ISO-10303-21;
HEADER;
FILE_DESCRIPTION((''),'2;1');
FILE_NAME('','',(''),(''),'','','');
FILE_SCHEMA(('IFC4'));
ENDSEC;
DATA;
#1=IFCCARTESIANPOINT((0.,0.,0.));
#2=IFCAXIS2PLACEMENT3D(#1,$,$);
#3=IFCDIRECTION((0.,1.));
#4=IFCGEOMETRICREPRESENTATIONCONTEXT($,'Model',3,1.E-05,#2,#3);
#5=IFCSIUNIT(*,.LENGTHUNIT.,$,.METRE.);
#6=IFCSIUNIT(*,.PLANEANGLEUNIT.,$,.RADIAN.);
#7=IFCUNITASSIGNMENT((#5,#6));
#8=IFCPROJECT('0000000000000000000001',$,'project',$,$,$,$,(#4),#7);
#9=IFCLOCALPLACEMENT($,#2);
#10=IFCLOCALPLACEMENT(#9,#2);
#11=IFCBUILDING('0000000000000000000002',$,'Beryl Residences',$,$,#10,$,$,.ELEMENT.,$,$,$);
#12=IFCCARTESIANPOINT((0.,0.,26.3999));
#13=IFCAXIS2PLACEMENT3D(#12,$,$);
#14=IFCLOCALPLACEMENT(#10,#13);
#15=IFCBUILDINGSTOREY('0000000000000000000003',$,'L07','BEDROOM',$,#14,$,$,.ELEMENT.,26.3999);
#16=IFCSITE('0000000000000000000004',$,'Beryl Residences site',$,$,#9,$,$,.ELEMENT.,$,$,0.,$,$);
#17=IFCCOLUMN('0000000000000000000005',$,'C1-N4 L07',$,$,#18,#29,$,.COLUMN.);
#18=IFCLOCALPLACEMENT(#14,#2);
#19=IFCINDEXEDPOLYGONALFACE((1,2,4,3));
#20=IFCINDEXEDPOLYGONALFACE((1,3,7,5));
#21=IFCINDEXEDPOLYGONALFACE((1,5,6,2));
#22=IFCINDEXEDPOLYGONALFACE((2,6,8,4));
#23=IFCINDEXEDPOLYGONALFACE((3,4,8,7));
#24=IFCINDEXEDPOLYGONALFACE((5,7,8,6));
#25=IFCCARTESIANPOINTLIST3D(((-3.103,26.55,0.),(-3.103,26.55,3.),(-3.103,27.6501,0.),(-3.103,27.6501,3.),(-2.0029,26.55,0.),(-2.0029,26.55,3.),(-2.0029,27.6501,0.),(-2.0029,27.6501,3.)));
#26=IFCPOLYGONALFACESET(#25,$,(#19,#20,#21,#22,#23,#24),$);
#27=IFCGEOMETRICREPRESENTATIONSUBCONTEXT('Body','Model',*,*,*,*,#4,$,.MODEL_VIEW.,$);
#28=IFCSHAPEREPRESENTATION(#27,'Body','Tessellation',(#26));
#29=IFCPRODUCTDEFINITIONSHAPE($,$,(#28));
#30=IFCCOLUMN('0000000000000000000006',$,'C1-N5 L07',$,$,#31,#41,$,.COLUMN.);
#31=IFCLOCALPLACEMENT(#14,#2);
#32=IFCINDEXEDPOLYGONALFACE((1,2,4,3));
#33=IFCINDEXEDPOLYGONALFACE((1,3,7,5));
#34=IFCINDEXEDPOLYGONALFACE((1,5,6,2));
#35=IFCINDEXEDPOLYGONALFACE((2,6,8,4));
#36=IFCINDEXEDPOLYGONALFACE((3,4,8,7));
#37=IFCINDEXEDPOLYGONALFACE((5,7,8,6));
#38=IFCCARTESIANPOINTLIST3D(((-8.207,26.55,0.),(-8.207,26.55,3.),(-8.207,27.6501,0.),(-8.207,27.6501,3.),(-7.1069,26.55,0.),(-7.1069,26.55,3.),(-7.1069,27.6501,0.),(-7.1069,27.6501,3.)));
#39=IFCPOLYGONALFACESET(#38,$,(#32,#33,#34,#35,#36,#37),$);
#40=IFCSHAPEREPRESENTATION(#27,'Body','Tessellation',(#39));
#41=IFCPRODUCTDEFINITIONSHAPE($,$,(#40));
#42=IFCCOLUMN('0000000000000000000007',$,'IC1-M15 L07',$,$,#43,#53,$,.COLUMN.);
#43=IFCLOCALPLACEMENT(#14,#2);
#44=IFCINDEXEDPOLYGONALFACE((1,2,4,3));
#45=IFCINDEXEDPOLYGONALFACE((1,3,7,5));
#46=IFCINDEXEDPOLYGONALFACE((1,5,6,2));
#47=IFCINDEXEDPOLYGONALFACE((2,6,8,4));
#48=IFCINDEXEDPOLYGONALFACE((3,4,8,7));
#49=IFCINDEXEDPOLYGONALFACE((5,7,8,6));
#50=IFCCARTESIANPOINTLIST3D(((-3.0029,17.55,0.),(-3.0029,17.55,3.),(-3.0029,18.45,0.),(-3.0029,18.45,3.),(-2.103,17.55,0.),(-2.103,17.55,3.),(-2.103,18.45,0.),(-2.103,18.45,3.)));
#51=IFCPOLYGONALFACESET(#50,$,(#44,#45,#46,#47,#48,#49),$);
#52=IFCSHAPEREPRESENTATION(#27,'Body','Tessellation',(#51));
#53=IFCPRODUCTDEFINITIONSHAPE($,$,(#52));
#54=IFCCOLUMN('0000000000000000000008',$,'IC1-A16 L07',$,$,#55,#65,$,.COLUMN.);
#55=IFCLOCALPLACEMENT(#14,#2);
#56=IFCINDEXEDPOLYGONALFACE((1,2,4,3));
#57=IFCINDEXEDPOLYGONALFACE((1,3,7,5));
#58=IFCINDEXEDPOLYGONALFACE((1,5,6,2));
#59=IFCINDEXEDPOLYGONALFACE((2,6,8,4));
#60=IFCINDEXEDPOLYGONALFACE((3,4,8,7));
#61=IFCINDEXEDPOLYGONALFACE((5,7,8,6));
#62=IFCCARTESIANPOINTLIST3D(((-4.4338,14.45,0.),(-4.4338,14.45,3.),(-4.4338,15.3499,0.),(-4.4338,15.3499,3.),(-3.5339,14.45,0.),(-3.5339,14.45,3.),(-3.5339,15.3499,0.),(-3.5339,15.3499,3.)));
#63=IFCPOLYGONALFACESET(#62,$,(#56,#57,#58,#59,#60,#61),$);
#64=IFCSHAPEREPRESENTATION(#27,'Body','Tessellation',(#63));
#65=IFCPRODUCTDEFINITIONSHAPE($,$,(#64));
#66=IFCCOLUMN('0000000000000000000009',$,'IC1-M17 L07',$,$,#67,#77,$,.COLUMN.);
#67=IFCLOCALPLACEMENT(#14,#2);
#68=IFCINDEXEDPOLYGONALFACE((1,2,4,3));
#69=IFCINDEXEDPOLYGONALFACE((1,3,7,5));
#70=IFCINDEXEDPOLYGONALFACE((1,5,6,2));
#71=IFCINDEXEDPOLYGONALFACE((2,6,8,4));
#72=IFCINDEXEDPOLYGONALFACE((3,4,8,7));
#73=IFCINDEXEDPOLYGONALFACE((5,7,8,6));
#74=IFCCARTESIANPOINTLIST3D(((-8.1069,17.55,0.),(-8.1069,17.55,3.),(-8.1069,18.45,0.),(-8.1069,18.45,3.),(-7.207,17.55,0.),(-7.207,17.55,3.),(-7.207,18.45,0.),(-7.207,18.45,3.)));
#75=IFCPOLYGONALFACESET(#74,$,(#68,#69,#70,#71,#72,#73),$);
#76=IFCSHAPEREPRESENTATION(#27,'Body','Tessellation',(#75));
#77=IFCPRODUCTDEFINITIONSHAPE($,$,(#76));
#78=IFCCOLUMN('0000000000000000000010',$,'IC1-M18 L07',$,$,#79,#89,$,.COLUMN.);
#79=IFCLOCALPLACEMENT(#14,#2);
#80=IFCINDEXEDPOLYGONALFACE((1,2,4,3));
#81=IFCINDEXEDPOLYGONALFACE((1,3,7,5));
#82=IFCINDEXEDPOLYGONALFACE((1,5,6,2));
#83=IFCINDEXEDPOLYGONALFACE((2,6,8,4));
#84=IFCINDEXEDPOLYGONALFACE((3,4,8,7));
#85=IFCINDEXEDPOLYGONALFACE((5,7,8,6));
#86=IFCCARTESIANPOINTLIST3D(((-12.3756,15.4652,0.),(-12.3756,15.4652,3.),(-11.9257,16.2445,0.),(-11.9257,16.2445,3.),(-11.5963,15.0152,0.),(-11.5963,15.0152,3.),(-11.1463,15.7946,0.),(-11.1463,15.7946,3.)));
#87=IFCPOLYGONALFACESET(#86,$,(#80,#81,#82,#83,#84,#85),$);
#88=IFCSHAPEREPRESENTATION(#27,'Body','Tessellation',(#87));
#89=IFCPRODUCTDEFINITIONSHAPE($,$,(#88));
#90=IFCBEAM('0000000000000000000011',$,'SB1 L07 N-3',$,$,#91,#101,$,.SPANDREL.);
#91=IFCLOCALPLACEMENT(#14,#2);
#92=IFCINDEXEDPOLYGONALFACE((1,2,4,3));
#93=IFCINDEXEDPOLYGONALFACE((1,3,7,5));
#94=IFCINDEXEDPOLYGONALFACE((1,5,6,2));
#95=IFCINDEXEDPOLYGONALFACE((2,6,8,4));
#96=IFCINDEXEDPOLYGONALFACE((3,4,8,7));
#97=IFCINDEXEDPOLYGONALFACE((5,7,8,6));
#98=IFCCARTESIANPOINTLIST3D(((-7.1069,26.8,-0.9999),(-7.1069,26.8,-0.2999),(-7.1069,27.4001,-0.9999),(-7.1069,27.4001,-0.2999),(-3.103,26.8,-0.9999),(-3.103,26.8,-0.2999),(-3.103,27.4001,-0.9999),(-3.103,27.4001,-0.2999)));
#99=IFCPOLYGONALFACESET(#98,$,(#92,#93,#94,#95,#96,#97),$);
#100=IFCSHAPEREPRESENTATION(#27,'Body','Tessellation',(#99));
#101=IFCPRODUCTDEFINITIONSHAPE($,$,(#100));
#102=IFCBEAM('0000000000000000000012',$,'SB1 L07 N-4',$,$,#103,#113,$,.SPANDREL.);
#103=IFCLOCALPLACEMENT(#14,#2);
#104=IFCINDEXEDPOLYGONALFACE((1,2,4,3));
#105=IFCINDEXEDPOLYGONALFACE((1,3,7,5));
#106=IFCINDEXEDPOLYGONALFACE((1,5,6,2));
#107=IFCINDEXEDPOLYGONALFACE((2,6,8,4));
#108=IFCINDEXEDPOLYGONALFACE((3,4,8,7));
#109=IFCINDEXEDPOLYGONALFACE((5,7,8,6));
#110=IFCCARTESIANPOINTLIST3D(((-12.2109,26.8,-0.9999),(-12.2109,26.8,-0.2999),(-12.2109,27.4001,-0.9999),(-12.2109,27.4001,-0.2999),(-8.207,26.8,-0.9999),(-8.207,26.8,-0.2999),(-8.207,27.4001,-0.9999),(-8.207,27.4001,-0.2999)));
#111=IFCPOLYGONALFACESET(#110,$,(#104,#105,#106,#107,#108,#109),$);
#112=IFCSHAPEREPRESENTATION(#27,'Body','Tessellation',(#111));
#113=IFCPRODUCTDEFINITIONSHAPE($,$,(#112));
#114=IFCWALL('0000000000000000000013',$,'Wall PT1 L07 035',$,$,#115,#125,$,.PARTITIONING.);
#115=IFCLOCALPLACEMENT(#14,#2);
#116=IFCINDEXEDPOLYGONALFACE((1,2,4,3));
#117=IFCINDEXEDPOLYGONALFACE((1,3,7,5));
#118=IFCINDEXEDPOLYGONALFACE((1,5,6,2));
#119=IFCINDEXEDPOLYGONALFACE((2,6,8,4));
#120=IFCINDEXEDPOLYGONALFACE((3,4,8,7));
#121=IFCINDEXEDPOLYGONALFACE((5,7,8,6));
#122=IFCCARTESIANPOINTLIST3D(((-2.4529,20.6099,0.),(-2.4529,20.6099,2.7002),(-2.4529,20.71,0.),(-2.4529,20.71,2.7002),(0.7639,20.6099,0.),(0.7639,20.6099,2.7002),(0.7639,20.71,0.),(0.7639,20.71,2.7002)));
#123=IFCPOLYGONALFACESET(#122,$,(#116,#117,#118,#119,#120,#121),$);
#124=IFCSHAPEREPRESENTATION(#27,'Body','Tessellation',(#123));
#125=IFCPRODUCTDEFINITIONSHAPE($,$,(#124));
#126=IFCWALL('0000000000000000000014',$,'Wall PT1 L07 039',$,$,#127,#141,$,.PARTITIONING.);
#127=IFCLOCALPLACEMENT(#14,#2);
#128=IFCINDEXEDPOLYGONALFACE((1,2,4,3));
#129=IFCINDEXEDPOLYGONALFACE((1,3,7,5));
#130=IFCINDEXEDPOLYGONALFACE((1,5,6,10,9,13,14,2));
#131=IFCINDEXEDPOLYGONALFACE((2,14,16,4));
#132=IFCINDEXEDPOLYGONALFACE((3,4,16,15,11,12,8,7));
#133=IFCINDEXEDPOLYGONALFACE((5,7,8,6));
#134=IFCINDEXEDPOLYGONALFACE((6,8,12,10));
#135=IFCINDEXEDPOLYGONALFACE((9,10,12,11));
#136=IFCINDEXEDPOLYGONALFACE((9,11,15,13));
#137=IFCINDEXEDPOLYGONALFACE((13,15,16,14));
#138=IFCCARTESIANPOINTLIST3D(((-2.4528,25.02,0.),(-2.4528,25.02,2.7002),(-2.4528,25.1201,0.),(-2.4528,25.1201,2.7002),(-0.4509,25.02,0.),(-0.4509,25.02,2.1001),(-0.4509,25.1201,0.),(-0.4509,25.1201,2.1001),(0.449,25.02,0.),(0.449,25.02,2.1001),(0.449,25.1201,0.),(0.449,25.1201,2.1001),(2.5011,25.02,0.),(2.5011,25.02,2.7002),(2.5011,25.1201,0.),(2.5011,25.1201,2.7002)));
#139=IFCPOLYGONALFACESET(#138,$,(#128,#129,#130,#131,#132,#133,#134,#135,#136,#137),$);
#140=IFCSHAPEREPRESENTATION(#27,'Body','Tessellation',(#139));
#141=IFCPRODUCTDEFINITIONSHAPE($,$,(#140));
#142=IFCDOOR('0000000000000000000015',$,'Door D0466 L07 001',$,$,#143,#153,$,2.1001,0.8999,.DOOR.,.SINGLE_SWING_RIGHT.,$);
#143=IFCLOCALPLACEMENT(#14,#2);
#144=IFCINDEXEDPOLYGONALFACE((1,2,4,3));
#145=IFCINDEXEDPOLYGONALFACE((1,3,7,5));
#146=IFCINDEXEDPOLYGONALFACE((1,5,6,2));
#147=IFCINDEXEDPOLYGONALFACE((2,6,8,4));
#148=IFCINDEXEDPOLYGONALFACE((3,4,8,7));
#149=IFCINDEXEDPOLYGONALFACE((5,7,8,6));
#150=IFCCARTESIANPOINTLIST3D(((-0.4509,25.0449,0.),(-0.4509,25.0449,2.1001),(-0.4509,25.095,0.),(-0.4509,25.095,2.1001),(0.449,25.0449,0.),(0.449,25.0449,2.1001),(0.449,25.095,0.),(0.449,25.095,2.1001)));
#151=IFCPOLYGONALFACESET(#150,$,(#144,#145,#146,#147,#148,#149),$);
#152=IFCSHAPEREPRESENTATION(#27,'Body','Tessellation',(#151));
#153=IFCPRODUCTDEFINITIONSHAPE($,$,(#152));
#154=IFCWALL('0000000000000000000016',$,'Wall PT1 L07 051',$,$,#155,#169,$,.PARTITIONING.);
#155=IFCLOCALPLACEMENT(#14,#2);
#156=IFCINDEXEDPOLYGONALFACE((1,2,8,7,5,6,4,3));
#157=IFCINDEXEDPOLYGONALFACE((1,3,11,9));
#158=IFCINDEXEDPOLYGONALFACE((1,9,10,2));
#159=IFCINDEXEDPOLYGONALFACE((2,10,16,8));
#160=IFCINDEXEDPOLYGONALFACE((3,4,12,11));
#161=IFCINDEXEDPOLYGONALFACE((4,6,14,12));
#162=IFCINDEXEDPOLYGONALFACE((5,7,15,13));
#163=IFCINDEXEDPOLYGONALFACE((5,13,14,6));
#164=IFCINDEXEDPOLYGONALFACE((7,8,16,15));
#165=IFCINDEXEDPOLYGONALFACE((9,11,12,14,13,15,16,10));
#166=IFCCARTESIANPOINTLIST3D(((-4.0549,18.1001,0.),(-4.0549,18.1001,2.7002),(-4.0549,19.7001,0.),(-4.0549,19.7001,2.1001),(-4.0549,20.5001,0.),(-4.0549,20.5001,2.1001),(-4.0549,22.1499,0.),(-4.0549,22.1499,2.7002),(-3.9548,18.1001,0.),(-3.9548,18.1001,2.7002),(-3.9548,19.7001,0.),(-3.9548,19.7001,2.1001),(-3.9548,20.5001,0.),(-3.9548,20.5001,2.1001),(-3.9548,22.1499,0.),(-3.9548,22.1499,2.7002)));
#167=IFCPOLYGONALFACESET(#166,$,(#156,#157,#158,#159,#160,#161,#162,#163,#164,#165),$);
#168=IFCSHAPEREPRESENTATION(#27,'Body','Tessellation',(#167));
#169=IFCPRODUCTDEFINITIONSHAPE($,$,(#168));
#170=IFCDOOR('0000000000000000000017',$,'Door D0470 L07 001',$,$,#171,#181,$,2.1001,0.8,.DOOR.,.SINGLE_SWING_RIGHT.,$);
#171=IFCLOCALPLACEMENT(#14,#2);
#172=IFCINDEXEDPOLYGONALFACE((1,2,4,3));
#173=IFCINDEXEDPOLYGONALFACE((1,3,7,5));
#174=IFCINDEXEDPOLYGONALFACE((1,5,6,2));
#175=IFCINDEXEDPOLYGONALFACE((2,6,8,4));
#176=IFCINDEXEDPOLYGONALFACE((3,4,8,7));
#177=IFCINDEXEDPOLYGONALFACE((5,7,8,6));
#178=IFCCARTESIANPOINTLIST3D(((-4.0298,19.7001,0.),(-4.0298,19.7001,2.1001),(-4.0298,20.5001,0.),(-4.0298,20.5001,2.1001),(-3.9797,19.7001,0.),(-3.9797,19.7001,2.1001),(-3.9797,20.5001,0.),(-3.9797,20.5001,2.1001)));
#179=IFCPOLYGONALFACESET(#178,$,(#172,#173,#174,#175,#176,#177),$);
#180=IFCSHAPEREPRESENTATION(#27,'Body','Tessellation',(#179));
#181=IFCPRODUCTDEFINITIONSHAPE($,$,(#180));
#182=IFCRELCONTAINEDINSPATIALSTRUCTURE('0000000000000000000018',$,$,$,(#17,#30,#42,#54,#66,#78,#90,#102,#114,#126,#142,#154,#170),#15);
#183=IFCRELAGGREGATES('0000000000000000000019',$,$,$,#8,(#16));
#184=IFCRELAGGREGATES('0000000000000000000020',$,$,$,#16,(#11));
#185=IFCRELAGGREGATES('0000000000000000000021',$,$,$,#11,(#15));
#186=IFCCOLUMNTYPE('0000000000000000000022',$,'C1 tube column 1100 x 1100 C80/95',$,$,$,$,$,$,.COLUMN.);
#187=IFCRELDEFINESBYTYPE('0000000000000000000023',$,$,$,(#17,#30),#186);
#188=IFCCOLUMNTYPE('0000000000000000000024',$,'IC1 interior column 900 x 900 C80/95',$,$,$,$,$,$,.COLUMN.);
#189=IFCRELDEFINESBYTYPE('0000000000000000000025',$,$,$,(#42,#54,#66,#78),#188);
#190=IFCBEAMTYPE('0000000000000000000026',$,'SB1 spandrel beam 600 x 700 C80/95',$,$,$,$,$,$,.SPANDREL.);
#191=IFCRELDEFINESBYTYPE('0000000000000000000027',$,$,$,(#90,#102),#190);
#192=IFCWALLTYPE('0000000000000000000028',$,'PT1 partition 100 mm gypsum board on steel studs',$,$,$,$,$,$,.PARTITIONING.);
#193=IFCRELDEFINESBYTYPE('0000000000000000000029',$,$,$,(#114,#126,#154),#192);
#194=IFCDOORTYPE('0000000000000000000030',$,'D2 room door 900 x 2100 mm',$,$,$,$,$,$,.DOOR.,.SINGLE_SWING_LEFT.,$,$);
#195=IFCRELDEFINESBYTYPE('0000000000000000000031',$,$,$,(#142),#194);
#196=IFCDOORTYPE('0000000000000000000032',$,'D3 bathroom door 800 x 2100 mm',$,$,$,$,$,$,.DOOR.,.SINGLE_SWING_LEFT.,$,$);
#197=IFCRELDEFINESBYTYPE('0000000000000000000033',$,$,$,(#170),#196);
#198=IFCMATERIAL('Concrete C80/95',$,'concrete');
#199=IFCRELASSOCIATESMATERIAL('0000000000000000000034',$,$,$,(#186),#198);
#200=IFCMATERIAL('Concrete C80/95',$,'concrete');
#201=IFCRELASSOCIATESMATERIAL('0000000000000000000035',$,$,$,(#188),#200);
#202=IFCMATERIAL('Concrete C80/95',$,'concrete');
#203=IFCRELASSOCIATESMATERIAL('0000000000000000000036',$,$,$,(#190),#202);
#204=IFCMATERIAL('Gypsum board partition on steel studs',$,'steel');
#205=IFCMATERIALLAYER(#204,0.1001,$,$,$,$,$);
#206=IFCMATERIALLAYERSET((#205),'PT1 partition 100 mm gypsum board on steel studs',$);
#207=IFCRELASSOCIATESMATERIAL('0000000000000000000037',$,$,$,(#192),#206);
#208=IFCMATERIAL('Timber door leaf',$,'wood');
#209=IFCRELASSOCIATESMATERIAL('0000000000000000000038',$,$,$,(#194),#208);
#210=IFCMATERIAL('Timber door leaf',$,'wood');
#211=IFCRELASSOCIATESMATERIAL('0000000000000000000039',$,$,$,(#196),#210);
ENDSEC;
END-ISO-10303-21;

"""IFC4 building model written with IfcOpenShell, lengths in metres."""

from ifc_helpers import new_model, si_unit, direction, frame, frame_2d, origin, origin_2d, place, context, subcontext, project, spatial, rectangle, extrude, material, layer, layer_set, material_profile, profile_set, type_object, element, fill, save


model = new_model("IFC4")

# Units and contexts
model_context = context("Model", 3, precision=1e-05, world=origin(), true_north=direction((0.0, 1.0)))
body_context = subcontext(model_context, "Body", "Model", "MODEL_VIEW")
ifc_project = project(units=[si_unit("LENGTHUNIT", "METRE"), si_unit("PLANEANGLEUNIT", "RADIAN")], contexts=[model_context])

# Site, building, storey
site_placement = place(None, origin())
site = spatial("IfcSite", under=ifc_project, at=site_placement, Name="Beryl Residences site", CompositionType="ELEMENT", RefElevation=0.0)
building_placement = place(site_placement, origin())
building = spatial("IfcBuilding", under=site, at=building_placement, Name="Beryl Residences", CompositionType="ELEMENT")
storey_placement = place(building_placement, frame((0.0, 0.0, 26.3999)))
storey = spatial("IfcBuildingStorey", under=building, at=storey_placement, Name="L07", Description="BEDROOM", CompositionType="ELEMENT", Elevation=26.3999)

# Columns
ifc_material_1 = material(Name="Concrete C80/95", Category="concrete")
ifc_material_profile_1 = material_profile(ifc_material_1, rectangle(XDim=1.1001, YDim=1.1001, at=origin_2d()))
ifc_profile_set_1 = profile_set([ifc_material_profile_1], Name="Concrete C80/95")
column_type_1 = type_object("IfcColumnType", Name="C1 tube column 1100 x 1100 C80/95", PredefinedType="COLUMN", material=ifc_profile_set_1)
for number, where, z_axis, x_axis, name in (
    (1, (-2.553, 27.1001, 0.0), (0.0, 0.0, 1.0), (-1.0, 0.0, 0.0), "C1-N4 L07"),
    (2, (-7.657, 27.1001, 0.0), (0.0, 0.0, 1.0), (-1.0, 0.0, 0.0), "C1-N5 L07"),
):
    element("IfcColumn", number, at=place(storey_placement, frame(where, z_axis=z_axis, x_axis=x_axis)), inside=storey, type_object=column_type_1, Name=name, PredefinedType="COLUMN", context=body_context, shape_type="SweptSolid", body=[
        extrude(rectangle(XDim=1.1001, YDim=1.1001, at=origin_2d()), origin(), (0.0, 0.0, 1.0), 3.0),
    ])
ifc_material_2 = material(Name="Concrete C80/95", Category="concrete")
ifc_material_profile_2 = material_profile(ifc_material_2, rectangle(XDim=0.8999, YDim=0.8999, at=origin_2d()))
ifc_profile_set_2 = profile_set([ifc_material_profile_2], Name="Concrete C80/95")
column_type_2 = type_object("IfcColumnType", Name="IC1 interior column 900 x 900 C80/95", PredefinedType="COLUMN", material=ifc_profile_set_2)
for number, where, z_axis, x_axis, name in (
    (3, (-2.553, 18.0, 0.0), (0.0, 0.0, 1.0), (-1.0, 0.0, 0.0), "IC1-M15 L07"),
    (4, (-3.9839, 14.8999, 0.0), (0.0, 0.0, 1.0), (1.0, 0.0, 0.0), "IC1-A16 L07"),
    (5, (-7.657, 18.0, 0.0), (0.0, 0.0, 1.0), (-1.0, 0.0, 0.0), "IC1-M17 L07"),
    (6, (-11.761, 15.6299, 0.0), (0.0, 0.0, 1.0), (-0.499985, -0.866034, 0.0), "IC1-M18 L07"),
):
    element("IfcColumn", number, at=place(storey_placement, frame(where, z_axis=z_axis, x_axis=x_axis)), inside=storey, type_object=column_type_2, Name=name, PredefinedType="COLUMN", context=body_context, shape_type="SweptSolid", body=[
        extrude(rectangle(XDim=0.8999, YDim=0.8999, at=origin_2d()), origin(), (0.0, 0.0, 1.0), 3.0),
    ])

# Beams
ifc_material_3 = material(Name="Concrete C80/95", Category="concrete")
ifc_material_profile_3 = material_profile(ifc_material_3, rectangle(XDim=0.6001, YDim=0.7, at=origin_2d()))
ifc_profile_set_3 = profile_set([ifc_material_profile_3], Name="Concrete C80/95")
beam_type = type_object("IfcBeamType", Name="SB1 spandrel beam 600 x 700 C80/95", PredefinedType="SPANDREL", material=ifc_profile_set_3)
for number, where, z_axis, x_axis, name in (
    (7, (-3.103, 27.1001, -0.6499), (-1.0, 0.0, 0.0), (0.0, -1.0, 0.0), "SB1 L07 N-3"),
    (8, (-8.207, 27.1001, -0.6499), (-1.0, 0.0, 0.0), (0.0, -1.0, 0.0), "SB1 L07 N-4"),
):
    element("IfcBeam", number, at=place(storey_placement, frame(where, z_axis=z_axis, x_axis=x_axis)), inside=storey, type_object=beam_type, Name=name, PredefinedType="SPANDREL", context=body_context, shape_type="SweptSolid", body=[
        extrude(rectangle(XDim=0.6001, YDim=0.7, at=origin_2d()), origin(), (0.0, 0.0, 1.0), 4.0039),
    ])

# Wall
ifc_material_4 = material(Name="Gypsum board partition on steel studs", Category="steel")
ifc_layer_1 = layer(ifc_material_4, 0.1001)
ifc_layer_set_1 = layer_set([ifc_layer_1], Name="PT1 partition 100 mm gypsum board on steel studs")
wall_type_1 = type_object("IfcWallType", Name="PT1 partition 100 mm gypsum board on steel studs", PredefinedType="PARTITIONING", material=ifc_layer_set_1)
wall_1_placement = place(storey_placement, frame((-2.4529, 20.6599, 0.0), z_axis=(0.0, 0.0, 1.0), x_axis=(1.0, 0.0, 0.0)))
element("IfcWall", 9, at=wall_1_placement, inside=storey, type_object=wall_type_1, Name="Wall PT1 L07 035", PredefinedType="PARTITIONING", context=body_context, shape_type="SweptSolid", body=[
    extrude(rectangle(XDim=3.2168, YDim=0.1001, at=frame_2d((1.6084, 0.0))), origin(), (0.0, 0.0, 1.0), 2.7002),
])

# Walls, openings, doors
wall_2_placement = place(storey_placement, frame((-2.4529, 25.0701, 0.0), z_axis=(0.0, 0.0, 1.0), x_axis=(1.0, 0.0, 0.0)))
wall_2 = element("IfcWall", 10, at=wall_2_placement, inside=storey, type_object=wall_type_1, Name="Wall PT1 L07 039", PredefinedType="PARTITIONING", context=body_context, shape_type="SweptSolid", body=[
    extrude(rectangle(XDim=4.9539, YDim=0.1001, at=frame_2d((2.4771, 0.0))), origin(), (0.0, 0.0, 1.0), 2.7002),
])
opening_1_placement = place(wall_2_placement, frame((2.002, 0.0, 0.0)))
opening_1 = element("IfcOpeningElement", 11, at=opening_1_placement, cuts=wall_2, PredefinedType="OPENING", context=body_context, shape_type="SweptSolid", body=[
    extrude(rectangle(XDim=0.8999, YDim=2.1001, at=frame_2d((0.45, 1.05))), frame((0.0, 0.0601, 0.0), z_axis=(0.0, -1.0, 0.0), x_axis=(1.0, 0.0, 0.0)), (0.0, 0.0, 1.0), 0.1201),
])
ifc_material_5 = material(Name="Timber door leaf", Category="wood")
door_type_1 = type_object("IfcDoorType", Name="D2 room door 900 x 2100 mm", OperationType="SINGLE_SWING_LEFT", PredefinedType="DOOR", material=ifc_material_5)
door_1_placement = place(opening_1_placement, origin())
door_1 = element("IfcDoor", 12, at=door_1_placement, inside=storey, type_object=door_type_1, Name="Door D0466 L07 001", OperationType="SINGLE_SWING_RIGHT", OverallHeight=2.1001, OverallWidth=0.8999, PredefinedType="DOOR", context=body_context, shape_type="SweptSolid", body=[
    extrude(rectangle(XDim=0.8999, YDim=2.1001, at=frame_2d((0.45, 1.05))), frame((0.0, 0.0249, 0.0), z_axis=(0.0, -1.0, 0.0), x_axis=(1.0, 0.0, 0.0)), (0.0, 0.0, 1.0), 0.05),
])
fill(opening_1, door_1)
wall_3_placement = place(storey_placement, frame((-4.0049, 18.1001, 0.0), z_axis=(0.0, 0.0, 1.0), x_axis=(0.0, 1.0, 0.0)))
wall_3 = element("IfcWall", 13, at=wall_3_placement, inside=storey, type_object=wall_type_1, Name="Wall PT1 L07 051", PredefinedType="PARTITIONING", context=body_context, shape_type="SweptSolid", body=[
    extrude(rectangle(XDim=4.0498, YDim=0.1001, at=frame_2d((2.0249, 0.0))), origin(), (0.0, 0.0, 1.0), 2.7002),
])
opening_2_placement = place(wall_3_placement, frame((1.6001, 0.0, 0.0)))
opening_2 = element("IfcOpeningElement", 14, at=opening_2_placement, cuts=wall_3, PredefinedType="OPENING", context=body_context, shape_type="SweptSolid", body=[
    extrude(rectangle(XDim=0.8, YDim=2.1001, at=frame_2d((0.3999, 1.05))), frame((0.0, 0.0601, 0.0), z_axis=(0.0, -1.0, 0.0), x_axis=(1.0, 0.0, 0.0)), (0.0, 0.0, 1.0), 0.1201),
])
ifc_material_6 = material(Name="Timber door leaf", Category="wood")
door_type_2 = type_object("IfcDoorType", Name="D3 bathroom door 800 x 2100 mm", OperationType="SINGLE_SWING_LEFT", PredefinedType="DOOR", material=ifc_material_6)
door_2_placement = place(opening_2_placement, origin())
door_2 = element("IfcDoor", 15, at=door_2_placement, inside=storey, type_object=door_type_2, Name="Door D0470 L07 001", OperationType="SINGLE_SWING_RIGHT", OverallHeight=2.1001, OverallWidth=0.8, PredefinedType="DOOR", context=body_context, shape_type="SweptSolid", body=[
    extrude(rectangle(XDim=0.8, YDim=2.1001, at=frame_2d((0.3999, 1.05))), frame((0.0, 0.0249, 0.0), z_axis=(0.0, -1.0, 0.0), x_axis=(1.0, 0.0, 0.0)), (0.0, 0.0, 1.0), 0.05),
])
fill(opening_2, door_2)

save(model, "model.ifc")
